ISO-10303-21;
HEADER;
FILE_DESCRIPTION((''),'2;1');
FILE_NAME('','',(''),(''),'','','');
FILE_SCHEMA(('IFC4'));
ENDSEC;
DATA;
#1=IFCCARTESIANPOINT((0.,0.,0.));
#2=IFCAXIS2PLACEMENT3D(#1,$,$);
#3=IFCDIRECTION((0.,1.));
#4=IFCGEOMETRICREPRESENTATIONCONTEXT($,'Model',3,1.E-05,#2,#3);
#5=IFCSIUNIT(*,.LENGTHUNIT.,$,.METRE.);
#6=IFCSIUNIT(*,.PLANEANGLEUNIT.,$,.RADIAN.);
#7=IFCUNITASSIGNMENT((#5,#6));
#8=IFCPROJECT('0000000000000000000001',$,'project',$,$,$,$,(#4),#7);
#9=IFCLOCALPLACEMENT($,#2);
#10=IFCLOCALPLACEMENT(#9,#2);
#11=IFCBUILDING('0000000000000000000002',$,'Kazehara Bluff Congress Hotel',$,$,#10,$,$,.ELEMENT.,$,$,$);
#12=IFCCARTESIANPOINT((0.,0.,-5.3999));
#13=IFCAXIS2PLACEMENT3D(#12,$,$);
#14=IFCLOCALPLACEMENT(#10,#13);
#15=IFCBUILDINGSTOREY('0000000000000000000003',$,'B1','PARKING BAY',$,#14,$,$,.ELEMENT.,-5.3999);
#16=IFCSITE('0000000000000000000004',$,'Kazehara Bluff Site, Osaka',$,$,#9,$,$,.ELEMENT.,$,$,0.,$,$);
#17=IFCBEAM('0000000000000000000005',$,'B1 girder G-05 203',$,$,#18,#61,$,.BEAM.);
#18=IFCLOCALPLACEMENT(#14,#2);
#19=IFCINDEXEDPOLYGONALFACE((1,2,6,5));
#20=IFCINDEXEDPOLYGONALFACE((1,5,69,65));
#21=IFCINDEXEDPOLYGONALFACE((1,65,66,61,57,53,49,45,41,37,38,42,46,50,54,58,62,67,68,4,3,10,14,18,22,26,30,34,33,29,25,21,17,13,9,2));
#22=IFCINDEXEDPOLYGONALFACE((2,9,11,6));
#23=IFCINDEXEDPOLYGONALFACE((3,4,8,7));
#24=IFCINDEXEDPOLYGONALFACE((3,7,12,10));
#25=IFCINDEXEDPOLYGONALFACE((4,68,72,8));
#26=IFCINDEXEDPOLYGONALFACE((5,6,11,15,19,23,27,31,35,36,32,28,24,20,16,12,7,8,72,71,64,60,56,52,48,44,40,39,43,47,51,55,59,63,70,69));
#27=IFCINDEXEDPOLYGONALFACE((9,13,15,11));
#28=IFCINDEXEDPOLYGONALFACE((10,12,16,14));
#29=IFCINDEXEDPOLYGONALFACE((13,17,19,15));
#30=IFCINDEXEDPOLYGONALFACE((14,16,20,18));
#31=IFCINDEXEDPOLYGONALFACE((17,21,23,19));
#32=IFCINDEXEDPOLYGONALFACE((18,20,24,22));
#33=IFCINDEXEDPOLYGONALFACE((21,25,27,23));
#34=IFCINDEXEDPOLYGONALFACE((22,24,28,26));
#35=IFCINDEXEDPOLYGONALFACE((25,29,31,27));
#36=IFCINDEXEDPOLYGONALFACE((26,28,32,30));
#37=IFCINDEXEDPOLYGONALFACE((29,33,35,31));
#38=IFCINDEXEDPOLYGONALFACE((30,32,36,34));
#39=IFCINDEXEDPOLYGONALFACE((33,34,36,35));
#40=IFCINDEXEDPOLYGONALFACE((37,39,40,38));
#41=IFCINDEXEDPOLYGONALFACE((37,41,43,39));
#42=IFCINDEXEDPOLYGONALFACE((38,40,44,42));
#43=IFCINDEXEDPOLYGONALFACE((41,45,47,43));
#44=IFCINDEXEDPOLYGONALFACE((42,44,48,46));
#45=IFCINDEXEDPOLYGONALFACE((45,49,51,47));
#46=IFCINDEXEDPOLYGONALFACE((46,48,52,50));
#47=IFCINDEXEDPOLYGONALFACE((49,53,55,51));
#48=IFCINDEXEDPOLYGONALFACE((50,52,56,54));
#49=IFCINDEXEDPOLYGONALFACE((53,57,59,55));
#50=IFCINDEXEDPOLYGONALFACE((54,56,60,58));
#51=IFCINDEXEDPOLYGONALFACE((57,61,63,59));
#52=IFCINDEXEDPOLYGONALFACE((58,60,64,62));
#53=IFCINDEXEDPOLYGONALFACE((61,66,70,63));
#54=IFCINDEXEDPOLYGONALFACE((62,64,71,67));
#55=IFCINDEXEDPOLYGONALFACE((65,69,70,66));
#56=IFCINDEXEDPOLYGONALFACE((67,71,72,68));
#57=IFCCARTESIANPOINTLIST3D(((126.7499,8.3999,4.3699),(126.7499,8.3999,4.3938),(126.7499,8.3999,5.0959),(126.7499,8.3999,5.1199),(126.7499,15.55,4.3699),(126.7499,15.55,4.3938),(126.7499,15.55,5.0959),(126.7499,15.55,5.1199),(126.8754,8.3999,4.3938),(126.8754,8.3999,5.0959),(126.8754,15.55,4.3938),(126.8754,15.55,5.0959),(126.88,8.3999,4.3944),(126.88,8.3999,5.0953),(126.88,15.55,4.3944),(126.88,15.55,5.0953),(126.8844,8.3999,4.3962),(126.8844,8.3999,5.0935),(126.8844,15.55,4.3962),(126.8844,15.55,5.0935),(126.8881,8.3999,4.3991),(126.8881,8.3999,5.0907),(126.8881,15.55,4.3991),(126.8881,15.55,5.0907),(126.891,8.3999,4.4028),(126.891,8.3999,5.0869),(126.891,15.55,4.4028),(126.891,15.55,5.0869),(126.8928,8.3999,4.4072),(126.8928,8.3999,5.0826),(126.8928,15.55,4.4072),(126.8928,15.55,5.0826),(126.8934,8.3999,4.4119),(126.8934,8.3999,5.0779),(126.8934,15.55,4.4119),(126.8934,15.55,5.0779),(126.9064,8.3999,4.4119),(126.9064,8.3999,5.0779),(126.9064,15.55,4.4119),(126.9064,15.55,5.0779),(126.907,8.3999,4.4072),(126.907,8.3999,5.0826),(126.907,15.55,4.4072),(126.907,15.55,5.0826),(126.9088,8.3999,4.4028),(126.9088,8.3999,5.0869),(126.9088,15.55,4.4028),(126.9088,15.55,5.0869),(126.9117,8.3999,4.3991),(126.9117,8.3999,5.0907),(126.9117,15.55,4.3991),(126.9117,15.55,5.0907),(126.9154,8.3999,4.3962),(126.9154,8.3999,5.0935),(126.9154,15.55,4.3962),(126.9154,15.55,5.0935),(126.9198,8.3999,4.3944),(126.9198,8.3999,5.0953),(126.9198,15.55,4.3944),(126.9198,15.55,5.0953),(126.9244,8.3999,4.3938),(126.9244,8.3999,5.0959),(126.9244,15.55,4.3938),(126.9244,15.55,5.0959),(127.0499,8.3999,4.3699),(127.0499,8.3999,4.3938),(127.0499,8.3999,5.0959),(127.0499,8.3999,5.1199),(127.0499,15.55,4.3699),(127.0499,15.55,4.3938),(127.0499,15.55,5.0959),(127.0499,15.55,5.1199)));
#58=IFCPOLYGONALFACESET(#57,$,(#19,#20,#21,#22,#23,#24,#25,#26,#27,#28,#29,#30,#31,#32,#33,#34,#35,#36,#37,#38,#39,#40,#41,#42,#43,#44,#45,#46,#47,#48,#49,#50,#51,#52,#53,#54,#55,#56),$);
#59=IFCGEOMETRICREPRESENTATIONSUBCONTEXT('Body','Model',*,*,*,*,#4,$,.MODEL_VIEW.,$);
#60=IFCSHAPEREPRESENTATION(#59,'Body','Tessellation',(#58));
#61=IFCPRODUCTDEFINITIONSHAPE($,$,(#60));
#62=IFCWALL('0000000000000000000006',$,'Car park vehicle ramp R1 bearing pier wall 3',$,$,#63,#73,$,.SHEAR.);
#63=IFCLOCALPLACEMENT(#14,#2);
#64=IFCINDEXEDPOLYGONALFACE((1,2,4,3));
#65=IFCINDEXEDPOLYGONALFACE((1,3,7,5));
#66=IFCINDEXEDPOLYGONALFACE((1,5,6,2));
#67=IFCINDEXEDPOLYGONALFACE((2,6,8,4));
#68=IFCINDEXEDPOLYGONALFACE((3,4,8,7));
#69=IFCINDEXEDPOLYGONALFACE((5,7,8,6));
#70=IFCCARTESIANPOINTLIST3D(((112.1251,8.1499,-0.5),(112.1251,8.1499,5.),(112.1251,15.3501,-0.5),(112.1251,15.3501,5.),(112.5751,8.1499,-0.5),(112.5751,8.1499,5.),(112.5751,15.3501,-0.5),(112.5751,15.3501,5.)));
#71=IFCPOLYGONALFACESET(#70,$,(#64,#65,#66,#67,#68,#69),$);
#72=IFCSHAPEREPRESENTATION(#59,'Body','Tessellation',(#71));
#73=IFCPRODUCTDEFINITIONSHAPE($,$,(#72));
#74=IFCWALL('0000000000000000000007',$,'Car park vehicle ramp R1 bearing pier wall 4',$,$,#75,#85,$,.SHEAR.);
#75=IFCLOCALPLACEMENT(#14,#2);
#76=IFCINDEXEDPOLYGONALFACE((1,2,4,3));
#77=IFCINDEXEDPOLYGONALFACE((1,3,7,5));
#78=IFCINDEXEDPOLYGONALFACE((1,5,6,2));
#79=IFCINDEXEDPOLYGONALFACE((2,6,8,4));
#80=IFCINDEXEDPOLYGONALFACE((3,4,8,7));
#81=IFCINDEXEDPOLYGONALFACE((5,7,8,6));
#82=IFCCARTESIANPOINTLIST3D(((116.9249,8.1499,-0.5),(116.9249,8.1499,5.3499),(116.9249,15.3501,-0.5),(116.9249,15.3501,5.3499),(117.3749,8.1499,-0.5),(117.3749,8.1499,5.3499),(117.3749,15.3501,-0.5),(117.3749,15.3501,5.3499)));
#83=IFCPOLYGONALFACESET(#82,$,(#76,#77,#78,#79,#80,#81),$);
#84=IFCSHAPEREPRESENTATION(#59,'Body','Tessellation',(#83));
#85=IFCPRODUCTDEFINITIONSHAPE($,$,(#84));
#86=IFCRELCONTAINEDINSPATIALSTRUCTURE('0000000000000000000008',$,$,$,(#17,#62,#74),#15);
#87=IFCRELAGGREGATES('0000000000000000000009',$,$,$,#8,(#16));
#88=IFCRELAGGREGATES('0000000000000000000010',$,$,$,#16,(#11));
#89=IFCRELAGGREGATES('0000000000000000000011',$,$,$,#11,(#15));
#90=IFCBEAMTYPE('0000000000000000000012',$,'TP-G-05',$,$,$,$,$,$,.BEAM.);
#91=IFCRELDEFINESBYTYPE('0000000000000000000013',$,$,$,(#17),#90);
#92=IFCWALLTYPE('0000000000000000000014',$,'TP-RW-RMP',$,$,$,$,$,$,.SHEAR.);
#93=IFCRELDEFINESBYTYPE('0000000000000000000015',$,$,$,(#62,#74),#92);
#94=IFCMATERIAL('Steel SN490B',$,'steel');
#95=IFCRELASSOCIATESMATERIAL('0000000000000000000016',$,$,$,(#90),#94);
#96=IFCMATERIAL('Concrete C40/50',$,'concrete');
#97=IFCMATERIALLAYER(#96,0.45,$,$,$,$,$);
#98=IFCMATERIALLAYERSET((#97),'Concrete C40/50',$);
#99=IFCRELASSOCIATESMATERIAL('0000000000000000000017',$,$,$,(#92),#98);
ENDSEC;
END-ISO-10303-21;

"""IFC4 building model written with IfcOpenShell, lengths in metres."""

from ifc_helpers import new_model, si_unit, direction, frame, frame_2d, origin, origin_2d, place, context, subcontext, project, spatial, rectangle, i_section, extrude, material, layer, layer_set, material_profile, profile_set, type_object, element, save


model = new_model("IFC4")

# Units and contexts
model_context = context("Model", 3, precision=1e-05, world=origin(), true_north=direction((0.0, 1.0)))
body_context = subcontext(model_context, "Body", "Model", "MODEL_VIEW")
ifc_project = project(units=[si_unit("LENGTHUNIT", "METRE"), si_unit("PLANEANGLEUNIT", "RADIAN")], contexts=[model_context])

# Site, building, storey
site_placement = place(None, origin())
site = spatial("IfcSite", under=ifc_project, at=site_placement, Name="Kazehara Bluff Site, Osaka", CompositionType="ELEMENT", RefElevation=0.0)
building_placement = place(site_placement, origin())
building = spatial("IfcBuilding", under=site, at=building_placement, Name="Kazehara Bluff Congress Hotel", CompositionType="ELEMENT")
storey_placement = place(building_placement, frame((0.0, 0.0, -5.3999)))
storey = spatial("IfcBuildingStorey", under=building, at=storey_placement, Name="B1", Description="PARKING BAY", CompositionType="ELEMENT", Elevation=-5.3999)

# Beam
ifc_material_1 = material(Name="Steel SN490B", Category="steel")
ifc_material_profile_1 = material_profile(ifc_material_1, i_section(OverallWidth=0.3, OverallDepth=0.75, WebThickness=0.0129, FlangeThickness=0.0239, FilletRadius=0.0181, at=origin_2d()))
ifc_profile_set_1 = profile_set([ifc_material_profile_1], Name="Steel SN490B")
beam_type = type_object("IfcBeamType", Name="TP-G-05", PredefinedType="BEAM", material=ifc_profile_set_1)
for number, where, z_axis, x_axis, name in (
    (1, (126.8999, 8.3999, 4.7449), (0.0, 1.0, 0.0), (-1.0, 0.0, 0.0), "B1 girder G-05 203"),
):
    element("IfcBeam", number, at=place(storey_placement, frame(where, z_axis=z_axis, x_axis=x_axis)), inside=storey, type_object=beam_type, Name=name, PredefinedType="BEAM", context=body_context, shape_type="SweptSolid", body=[
        extrude(i_section(OverallWidth=0.3, OverallDepth=0.75, WebThickness=0.0129, FlangeThickness=0.0239, FilletRadius=0.0181, at=origin_2d()), origin(), (0.0, 0.0, 1.0), 7.1501),
    ])

# Walls
ifc_material_2 = material(Name="Concrete C40/50", Category="concrete")
ifc_layer_1 = layer(ifc_material_2, 0.45)
ifc_layer_set_1 = layer_set([ifc_layer_1], Name="Concrete C40/50")
wall_type = type_object("IfcWallType", Name="TP-RW-RMP", PredefinedType="SHEAR", material=ifc_layer_set_1)
wall_1_placement = place(storey_placement, frame((112.3501, 8.1499, -0.5), z_axis=(0.0, 0.0, 1.0), x_axis=(0.0, 1.0, 0.0)))
element("IfcWall", 2, at=wall_1_placement, inside=storey, type_object=wall_type, Name="Car park vehicle ramp R1 bearing pier wall 3", PredefinedType="SHEAR", context=body_context, shape_type="SweptSolid", body=[
    extrude(rectangle(XDim=7.2002, YDim=0.45, at=frame_2d((3.6001, 0.0))), origin(), (0.0, 0.0, 1.0), 5.5),
])
wall_2_placement = place(storey_placement, frame((117.1499, 8.1499, -0.5), z_axis=(0.0, 0.0, 1.0), x_axis=(0.0, 1.0, 0.0)))
element("IfcWall", 3, at=wall_2_placement, inside=storey, type_object=wall_type, Name="Car park vehicle ramp R1 bearing pier wall 4", PredefinedType="SHEAR", context=body_context, shape_type="SweptSolid", body=[
    extrude(rectangle(XDim=7.2002, YDim=0.45, at=frame_2d((3.6001, 0.0))), origin(), (0.0, 0.0, 1.0), 5.8499),
])

save(model, "model.ifc")
